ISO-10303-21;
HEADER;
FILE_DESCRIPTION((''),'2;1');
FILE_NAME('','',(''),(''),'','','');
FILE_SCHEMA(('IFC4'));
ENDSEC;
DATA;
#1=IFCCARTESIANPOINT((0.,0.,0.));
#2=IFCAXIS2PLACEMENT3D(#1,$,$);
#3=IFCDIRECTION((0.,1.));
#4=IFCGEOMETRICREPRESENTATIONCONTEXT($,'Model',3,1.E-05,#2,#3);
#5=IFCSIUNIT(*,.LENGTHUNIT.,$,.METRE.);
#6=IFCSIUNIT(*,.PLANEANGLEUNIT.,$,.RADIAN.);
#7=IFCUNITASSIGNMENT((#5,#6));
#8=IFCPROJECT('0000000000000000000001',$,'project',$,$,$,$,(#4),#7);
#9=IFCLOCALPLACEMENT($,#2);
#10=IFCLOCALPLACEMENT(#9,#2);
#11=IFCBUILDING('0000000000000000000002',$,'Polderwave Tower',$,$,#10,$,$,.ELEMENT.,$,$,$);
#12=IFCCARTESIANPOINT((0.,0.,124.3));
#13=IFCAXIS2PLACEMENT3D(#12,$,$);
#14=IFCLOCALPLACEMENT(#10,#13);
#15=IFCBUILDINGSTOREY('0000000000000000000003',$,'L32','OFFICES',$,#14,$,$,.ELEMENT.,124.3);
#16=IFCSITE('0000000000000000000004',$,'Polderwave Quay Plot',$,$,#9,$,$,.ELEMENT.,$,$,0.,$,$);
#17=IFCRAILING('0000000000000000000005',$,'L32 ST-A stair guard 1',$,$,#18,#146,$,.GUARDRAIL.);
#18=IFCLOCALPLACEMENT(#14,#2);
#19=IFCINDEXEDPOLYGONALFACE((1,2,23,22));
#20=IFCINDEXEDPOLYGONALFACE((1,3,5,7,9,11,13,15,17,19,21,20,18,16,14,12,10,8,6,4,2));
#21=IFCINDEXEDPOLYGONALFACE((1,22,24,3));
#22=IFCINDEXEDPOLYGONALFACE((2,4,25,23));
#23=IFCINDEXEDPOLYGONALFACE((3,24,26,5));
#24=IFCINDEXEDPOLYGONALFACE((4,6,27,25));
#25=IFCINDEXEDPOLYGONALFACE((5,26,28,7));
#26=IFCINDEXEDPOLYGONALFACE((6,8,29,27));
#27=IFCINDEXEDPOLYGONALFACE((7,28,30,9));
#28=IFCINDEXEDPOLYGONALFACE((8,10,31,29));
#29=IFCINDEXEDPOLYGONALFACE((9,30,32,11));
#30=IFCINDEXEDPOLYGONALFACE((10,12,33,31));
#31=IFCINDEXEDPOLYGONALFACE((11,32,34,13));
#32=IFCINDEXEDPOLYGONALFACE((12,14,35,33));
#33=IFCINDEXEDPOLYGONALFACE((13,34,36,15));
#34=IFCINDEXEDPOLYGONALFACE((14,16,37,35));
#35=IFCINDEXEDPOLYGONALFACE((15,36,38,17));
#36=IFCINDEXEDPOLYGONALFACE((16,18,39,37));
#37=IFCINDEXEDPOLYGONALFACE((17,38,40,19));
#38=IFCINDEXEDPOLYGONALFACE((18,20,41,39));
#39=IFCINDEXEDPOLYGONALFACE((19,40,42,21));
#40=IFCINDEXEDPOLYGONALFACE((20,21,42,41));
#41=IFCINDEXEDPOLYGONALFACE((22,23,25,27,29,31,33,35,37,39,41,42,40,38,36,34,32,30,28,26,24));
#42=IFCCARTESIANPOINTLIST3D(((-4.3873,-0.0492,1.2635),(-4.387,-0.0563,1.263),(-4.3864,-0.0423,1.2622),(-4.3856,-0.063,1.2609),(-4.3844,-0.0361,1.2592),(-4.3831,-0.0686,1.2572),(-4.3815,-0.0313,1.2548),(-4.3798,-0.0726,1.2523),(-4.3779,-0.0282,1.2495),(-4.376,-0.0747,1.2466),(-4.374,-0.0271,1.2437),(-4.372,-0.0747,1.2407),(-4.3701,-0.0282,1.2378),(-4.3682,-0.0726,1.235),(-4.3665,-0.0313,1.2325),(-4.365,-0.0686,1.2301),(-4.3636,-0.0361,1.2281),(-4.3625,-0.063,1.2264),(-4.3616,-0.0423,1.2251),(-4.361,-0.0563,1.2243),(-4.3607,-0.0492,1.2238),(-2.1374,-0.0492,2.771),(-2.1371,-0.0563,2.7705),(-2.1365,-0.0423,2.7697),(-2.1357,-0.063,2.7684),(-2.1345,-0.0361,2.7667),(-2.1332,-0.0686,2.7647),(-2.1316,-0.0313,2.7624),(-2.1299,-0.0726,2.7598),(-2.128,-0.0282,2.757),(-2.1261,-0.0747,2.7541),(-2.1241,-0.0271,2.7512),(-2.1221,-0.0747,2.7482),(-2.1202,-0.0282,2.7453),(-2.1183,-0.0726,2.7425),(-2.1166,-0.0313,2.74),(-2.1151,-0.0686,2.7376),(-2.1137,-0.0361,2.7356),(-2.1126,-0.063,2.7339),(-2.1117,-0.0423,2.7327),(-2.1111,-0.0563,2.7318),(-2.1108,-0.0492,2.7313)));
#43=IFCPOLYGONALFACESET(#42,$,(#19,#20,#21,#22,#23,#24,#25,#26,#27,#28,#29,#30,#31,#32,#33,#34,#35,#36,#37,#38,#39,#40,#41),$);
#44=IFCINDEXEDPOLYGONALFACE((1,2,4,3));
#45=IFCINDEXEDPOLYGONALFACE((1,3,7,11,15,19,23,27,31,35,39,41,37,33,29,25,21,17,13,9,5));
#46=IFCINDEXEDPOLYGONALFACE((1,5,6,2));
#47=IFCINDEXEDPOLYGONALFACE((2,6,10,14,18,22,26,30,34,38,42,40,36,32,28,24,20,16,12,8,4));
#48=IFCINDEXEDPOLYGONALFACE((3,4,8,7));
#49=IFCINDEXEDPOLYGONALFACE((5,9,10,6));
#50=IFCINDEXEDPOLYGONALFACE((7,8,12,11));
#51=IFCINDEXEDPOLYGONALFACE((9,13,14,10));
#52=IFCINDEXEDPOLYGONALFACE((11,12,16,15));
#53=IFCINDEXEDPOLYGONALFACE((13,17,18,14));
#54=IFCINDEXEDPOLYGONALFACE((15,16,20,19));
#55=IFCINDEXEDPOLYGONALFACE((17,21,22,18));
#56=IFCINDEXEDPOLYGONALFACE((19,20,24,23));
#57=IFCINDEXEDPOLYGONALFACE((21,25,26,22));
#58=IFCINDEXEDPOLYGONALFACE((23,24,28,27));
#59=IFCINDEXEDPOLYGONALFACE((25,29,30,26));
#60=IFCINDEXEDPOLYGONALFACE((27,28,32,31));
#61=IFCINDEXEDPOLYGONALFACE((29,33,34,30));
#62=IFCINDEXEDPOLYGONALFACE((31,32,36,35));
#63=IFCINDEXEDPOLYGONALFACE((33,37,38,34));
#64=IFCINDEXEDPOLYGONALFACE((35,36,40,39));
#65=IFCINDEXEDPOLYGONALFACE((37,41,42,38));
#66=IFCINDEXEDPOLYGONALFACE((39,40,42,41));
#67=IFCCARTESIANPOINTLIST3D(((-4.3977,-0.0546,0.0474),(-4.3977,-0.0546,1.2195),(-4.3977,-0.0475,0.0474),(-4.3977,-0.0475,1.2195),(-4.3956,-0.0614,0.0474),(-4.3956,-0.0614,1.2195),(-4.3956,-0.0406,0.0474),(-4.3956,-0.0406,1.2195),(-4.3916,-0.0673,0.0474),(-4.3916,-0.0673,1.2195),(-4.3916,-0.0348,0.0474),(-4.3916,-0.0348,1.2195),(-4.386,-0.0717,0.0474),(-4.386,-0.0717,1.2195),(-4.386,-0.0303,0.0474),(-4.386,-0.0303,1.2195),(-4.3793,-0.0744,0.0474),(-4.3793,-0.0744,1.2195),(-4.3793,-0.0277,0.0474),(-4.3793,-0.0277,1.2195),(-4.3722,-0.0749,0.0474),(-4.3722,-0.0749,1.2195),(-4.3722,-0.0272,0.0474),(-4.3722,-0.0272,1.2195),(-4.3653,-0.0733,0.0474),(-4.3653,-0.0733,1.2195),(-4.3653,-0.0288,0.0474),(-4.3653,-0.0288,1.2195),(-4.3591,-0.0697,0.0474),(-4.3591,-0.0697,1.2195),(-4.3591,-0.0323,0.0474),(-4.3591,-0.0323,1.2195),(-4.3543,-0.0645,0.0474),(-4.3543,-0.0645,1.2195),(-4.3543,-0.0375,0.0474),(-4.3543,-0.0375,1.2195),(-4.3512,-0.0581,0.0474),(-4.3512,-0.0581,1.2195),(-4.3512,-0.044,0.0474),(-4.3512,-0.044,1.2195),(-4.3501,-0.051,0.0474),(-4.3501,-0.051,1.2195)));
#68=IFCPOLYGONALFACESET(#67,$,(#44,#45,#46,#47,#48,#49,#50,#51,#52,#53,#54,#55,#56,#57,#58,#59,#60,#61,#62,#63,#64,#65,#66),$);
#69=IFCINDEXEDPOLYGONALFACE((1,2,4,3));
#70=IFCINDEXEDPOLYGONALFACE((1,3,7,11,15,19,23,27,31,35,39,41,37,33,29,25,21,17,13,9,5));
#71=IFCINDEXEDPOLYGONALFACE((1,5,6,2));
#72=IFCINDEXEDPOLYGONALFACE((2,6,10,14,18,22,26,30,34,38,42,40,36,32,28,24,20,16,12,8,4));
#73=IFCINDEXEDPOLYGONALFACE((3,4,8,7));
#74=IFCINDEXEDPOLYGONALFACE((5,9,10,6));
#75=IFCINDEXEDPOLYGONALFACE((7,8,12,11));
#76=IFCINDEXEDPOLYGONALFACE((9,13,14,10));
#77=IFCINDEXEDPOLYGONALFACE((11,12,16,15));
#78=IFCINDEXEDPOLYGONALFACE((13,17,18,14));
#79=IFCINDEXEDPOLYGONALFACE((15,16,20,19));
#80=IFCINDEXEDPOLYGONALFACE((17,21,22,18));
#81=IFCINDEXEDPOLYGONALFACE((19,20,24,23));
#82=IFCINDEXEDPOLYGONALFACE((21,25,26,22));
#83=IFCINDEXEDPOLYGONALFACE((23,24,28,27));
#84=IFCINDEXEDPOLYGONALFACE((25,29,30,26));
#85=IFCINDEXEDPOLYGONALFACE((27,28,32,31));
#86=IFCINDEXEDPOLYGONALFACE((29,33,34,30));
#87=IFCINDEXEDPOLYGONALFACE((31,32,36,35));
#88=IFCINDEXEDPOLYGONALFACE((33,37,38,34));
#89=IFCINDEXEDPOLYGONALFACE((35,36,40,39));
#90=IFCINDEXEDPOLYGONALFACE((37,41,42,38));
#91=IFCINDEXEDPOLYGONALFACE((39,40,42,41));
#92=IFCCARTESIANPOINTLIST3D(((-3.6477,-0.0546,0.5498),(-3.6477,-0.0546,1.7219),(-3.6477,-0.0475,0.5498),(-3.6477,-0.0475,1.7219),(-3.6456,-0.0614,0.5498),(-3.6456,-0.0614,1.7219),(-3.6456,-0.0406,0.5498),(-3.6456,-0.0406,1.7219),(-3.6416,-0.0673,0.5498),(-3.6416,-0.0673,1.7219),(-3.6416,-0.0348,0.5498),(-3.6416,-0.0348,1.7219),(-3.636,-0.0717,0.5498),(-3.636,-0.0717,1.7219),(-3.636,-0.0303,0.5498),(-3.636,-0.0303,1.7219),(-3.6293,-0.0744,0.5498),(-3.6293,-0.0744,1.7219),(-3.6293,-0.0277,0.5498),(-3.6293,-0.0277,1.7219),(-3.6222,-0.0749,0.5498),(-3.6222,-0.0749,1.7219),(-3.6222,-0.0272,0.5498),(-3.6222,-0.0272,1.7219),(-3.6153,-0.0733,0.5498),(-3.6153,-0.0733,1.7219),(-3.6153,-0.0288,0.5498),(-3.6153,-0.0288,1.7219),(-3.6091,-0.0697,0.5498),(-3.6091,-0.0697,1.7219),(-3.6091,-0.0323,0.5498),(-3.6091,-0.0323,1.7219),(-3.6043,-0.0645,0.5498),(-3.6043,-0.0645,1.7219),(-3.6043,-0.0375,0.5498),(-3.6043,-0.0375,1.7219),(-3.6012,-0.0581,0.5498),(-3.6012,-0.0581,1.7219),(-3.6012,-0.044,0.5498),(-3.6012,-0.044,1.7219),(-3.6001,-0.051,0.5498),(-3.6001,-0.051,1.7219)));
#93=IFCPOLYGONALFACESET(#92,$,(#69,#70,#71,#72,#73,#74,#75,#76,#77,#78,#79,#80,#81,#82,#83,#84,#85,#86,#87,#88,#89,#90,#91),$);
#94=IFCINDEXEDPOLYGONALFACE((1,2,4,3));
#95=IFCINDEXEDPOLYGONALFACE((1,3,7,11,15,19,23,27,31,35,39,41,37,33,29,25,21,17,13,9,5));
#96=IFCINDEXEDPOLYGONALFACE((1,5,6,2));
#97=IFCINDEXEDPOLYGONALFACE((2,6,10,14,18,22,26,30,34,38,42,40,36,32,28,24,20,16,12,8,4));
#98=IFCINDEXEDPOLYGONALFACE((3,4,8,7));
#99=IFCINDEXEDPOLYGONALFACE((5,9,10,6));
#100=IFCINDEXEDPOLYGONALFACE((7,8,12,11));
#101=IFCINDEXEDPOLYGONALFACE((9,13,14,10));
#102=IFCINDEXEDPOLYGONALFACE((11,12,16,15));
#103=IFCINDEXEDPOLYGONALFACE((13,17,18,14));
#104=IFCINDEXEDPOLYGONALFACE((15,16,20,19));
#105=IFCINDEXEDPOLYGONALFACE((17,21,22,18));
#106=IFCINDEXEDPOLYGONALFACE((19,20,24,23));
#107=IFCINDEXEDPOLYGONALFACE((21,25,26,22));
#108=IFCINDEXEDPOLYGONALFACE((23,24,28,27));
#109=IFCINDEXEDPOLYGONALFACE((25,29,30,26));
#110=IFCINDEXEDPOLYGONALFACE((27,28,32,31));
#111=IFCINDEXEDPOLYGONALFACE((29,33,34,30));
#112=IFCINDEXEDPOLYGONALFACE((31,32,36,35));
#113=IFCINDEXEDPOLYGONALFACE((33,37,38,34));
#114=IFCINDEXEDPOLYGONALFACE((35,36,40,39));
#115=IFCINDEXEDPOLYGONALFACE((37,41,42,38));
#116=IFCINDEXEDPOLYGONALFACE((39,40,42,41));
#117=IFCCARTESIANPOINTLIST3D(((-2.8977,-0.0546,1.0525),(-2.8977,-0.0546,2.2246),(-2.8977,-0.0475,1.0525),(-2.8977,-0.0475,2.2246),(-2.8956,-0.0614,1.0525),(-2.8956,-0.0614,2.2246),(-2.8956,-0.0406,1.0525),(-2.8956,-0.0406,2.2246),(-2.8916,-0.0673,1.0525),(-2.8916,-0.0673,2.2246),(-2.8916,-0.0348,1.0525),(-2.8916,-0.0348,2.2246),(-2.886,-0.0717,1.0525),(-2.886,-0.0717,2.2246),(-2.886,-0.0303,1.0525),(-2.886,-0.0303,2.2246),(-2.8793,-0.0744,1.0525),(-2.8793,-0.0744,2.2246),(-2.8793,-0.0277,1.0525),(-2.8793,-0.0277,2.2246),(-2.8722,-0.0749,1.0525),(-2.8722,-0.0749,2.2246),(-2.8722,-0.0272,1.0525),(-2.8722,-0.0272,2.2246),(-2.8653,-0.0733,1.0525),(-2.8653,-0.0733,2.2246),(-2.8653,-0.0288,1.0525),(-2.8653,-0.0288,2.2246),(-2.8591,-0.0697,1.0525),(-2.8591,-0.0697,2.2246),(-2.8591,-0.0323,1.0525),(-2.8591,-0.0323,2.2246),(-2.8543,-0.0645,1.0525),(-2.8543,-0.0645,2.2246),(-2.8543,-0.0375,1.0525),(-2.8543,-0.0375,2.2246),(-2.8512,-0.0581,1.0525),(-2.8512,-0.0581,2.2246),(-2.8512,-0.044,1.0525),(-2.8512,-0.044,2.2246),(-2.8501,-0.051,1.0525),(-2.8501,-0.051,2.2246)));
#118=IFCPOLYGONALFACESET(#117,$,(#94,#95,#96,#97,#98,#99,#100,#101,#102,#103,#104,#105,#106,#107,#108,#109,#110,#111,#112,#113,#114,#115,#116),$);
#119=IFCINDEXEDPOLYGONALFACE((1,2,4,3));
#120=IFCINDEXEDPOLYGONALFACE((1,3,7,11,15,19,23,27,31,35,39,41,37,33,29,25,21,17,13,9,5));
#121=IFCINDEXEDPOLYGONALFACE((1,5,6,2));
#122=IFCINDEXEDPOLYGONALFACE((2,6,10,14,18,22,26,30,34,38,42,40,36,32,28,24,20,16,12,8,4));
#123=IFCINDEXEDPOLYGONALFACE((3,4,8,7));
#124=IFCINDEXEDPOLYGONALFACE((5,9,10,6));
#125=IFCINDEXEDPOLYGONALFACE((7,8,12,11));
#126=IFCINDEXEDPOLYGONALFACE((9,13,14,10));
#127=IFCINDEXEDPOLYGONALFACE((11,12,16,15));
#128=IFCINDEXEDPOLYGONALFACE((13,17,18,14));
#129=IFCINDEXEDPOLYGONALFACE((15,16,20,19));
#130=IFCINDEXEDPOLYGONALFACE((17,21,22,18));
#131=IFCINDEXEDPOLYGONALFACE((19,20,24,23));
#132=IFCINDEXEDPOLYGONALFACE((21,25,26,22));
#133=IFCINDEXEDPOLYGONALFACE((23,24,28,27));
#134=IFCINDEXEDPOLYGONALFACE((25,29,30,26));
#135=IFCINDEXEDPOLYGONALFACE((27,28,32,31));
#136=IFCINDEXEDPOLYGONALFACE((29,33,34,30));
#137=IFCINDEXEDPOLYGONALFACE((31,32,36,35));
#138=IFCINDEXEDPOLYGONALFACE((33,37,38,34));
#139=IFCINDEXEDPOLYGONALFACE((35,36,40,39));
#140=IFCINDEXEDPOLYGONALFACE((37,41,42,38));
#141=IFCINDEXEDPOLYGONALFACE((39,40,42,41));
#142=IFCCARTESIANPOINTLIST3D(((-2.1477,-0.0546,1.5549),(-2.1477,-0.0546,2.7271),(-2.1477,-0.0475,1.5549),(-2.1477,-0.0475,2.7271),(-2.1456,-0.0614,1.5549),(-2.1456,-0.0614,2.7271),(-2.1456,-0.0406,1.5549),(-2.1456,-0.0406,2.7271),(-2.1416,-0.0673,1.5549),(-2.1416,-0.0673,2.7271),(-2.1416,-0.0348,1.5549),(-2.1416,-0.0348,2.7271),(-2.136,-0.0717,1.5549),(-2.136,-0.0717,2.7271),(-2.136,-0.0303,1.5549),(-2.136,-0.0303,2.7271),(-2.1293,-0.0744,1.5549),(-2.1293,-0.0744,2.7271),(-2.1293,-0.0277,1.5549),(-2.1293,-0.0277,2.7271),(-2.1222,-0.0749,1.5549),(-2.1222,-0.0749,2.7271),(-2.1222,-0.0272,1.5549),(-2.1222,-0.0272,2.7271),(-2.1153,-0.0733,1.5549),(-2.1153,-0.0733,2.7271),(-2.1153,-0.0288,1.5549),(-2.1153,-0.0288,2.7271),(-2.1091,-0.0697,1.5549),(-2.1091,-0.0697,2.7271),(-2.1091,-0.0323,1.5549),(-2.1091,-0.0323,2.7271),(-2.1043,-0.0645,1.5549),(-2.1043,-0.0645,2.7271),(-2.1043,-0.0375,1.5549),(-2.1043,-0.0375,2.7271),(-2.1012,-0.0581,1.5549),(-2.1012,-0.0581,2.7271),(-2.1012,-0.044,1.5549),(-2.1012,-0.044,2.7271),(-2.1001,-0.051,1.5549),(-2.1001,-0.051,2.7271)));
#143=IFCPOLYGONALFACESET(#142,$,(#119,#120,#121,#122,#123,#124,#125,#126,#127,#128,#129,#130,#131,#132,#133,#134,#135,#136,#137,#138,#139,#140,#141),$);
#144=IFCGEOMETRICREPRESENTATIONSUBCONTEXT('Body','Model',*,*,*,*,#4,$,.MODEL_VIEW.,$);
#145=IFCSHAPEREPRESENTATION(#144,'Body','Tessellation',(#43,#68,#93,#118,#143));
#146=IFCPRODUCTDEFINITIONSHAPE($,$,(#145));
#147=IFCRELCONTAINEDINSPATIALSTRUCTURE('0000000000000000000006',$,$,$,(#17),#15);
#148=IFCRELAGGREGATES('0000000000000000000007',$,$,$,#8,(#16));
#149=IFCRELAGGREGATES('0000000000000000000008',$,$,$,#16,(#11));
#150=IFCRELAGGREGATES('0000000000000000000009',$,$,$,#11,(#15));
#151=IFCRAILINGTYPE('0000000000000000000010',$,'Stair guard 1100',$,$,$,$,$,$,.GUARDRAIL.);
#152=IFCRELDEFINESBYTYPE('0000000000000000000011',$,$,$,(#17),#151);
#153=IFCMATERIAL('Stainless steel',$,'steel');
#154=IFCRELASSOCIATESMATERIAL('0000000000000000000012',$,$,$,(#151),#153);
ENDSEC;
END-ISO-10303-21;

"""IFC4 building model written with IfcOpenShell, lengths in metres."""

from ifc_helpers import new_model, si_unit, direction, frame, origin, origin_2d, place, context, subcontext, project, spatial, circle, extrude, material, type_object, element, save


model = new_model("IFC4")

# Units and contexts
model_context = context("Model", 3, precision=1e-05, world=origin(), true_north=direction((0.0, 1.0)))
body_context = subcontext(model_context, "Body", "Model", "MODEL_VIEW")
ifc_project = project(units=[si_unit("LENGTHUNIT", "METRE"), si_unit("PLANEANGLEUNIT", "RADIAN")], contexts=[model_context])

# Site, building, storey
site_placement = place(None, origin())
site = spatial("IfcSite", under=ifc_project, at=site_placement, Name="Polderwave Quay Plot", CompositionType="ELEMENT", RefElevation=0.0)
building_placement = place(site_placement, origin())
building = spatial("IfcBuilding", under=site, at=building_placement, Name="Polderwave Tower", CompositionType="ELEMENT")
storey_placement = place(building_placement, frame((0.0, 0.0, 124.3)))
storey = spatial("IfcBuildingStorey", under=building, at=storey_placement, Name="L32", Description="OFFICES", CompositionType="ELEMENT", Elevation=124.3)

# Railing
ifc_material_1 = material(Name="Stainless steel", Category="steel")
railing_type_1 = type_object("IfcRailingType", Name="Stair guard 1100", PredefinedType="GUARDRAIL", material=ifc_material_1)
railing_1_placement = place(storey_placement, frame((-4.374, -0.051, 0.0474)))
element("IfcRailing", 1, at=railing_1_placement, inside=storey, type_object=railing_type_1, Name="L32 ST-A stair guard 1", PredefinedType="GUARDRAIL", context=body_context, shape_type="SweptSolid", body=[
    extrude(circle(Radius=0.0239, at=origin_2d()), frame((0.0, 0.0, 1.1963), z_axis=(0.830758, 0.0, 0.556633), x_axis=(0.0, 1.0, 0.0)), (0.0, 0.0, 1.0), 2.7083),
    extrude(circle(Radius=0.0239, at=origin_2d()), origin(), (0.0, 0.0, 1.0), 1.1721),
    extrude(circle(Radius=0.0239, at=origin_2d()), frame((0.75, 0.0, 0.5024)), (0.0, 0.0, 1.0), 1.1721),
    extrude(circle(Radius=0.0239, at=origin_2d()), frame((1.5, 0.0, 1.0051)), (0.0, 0.0, 1.0), 1.1721),
    extrude(circle(Radius=0.0239, at=origin_2d()), frame((2.25, 0.0, 1.5076)), (0.0, 0.0, 1.0), 1.1721),
])

save(model, "model.ifc")
